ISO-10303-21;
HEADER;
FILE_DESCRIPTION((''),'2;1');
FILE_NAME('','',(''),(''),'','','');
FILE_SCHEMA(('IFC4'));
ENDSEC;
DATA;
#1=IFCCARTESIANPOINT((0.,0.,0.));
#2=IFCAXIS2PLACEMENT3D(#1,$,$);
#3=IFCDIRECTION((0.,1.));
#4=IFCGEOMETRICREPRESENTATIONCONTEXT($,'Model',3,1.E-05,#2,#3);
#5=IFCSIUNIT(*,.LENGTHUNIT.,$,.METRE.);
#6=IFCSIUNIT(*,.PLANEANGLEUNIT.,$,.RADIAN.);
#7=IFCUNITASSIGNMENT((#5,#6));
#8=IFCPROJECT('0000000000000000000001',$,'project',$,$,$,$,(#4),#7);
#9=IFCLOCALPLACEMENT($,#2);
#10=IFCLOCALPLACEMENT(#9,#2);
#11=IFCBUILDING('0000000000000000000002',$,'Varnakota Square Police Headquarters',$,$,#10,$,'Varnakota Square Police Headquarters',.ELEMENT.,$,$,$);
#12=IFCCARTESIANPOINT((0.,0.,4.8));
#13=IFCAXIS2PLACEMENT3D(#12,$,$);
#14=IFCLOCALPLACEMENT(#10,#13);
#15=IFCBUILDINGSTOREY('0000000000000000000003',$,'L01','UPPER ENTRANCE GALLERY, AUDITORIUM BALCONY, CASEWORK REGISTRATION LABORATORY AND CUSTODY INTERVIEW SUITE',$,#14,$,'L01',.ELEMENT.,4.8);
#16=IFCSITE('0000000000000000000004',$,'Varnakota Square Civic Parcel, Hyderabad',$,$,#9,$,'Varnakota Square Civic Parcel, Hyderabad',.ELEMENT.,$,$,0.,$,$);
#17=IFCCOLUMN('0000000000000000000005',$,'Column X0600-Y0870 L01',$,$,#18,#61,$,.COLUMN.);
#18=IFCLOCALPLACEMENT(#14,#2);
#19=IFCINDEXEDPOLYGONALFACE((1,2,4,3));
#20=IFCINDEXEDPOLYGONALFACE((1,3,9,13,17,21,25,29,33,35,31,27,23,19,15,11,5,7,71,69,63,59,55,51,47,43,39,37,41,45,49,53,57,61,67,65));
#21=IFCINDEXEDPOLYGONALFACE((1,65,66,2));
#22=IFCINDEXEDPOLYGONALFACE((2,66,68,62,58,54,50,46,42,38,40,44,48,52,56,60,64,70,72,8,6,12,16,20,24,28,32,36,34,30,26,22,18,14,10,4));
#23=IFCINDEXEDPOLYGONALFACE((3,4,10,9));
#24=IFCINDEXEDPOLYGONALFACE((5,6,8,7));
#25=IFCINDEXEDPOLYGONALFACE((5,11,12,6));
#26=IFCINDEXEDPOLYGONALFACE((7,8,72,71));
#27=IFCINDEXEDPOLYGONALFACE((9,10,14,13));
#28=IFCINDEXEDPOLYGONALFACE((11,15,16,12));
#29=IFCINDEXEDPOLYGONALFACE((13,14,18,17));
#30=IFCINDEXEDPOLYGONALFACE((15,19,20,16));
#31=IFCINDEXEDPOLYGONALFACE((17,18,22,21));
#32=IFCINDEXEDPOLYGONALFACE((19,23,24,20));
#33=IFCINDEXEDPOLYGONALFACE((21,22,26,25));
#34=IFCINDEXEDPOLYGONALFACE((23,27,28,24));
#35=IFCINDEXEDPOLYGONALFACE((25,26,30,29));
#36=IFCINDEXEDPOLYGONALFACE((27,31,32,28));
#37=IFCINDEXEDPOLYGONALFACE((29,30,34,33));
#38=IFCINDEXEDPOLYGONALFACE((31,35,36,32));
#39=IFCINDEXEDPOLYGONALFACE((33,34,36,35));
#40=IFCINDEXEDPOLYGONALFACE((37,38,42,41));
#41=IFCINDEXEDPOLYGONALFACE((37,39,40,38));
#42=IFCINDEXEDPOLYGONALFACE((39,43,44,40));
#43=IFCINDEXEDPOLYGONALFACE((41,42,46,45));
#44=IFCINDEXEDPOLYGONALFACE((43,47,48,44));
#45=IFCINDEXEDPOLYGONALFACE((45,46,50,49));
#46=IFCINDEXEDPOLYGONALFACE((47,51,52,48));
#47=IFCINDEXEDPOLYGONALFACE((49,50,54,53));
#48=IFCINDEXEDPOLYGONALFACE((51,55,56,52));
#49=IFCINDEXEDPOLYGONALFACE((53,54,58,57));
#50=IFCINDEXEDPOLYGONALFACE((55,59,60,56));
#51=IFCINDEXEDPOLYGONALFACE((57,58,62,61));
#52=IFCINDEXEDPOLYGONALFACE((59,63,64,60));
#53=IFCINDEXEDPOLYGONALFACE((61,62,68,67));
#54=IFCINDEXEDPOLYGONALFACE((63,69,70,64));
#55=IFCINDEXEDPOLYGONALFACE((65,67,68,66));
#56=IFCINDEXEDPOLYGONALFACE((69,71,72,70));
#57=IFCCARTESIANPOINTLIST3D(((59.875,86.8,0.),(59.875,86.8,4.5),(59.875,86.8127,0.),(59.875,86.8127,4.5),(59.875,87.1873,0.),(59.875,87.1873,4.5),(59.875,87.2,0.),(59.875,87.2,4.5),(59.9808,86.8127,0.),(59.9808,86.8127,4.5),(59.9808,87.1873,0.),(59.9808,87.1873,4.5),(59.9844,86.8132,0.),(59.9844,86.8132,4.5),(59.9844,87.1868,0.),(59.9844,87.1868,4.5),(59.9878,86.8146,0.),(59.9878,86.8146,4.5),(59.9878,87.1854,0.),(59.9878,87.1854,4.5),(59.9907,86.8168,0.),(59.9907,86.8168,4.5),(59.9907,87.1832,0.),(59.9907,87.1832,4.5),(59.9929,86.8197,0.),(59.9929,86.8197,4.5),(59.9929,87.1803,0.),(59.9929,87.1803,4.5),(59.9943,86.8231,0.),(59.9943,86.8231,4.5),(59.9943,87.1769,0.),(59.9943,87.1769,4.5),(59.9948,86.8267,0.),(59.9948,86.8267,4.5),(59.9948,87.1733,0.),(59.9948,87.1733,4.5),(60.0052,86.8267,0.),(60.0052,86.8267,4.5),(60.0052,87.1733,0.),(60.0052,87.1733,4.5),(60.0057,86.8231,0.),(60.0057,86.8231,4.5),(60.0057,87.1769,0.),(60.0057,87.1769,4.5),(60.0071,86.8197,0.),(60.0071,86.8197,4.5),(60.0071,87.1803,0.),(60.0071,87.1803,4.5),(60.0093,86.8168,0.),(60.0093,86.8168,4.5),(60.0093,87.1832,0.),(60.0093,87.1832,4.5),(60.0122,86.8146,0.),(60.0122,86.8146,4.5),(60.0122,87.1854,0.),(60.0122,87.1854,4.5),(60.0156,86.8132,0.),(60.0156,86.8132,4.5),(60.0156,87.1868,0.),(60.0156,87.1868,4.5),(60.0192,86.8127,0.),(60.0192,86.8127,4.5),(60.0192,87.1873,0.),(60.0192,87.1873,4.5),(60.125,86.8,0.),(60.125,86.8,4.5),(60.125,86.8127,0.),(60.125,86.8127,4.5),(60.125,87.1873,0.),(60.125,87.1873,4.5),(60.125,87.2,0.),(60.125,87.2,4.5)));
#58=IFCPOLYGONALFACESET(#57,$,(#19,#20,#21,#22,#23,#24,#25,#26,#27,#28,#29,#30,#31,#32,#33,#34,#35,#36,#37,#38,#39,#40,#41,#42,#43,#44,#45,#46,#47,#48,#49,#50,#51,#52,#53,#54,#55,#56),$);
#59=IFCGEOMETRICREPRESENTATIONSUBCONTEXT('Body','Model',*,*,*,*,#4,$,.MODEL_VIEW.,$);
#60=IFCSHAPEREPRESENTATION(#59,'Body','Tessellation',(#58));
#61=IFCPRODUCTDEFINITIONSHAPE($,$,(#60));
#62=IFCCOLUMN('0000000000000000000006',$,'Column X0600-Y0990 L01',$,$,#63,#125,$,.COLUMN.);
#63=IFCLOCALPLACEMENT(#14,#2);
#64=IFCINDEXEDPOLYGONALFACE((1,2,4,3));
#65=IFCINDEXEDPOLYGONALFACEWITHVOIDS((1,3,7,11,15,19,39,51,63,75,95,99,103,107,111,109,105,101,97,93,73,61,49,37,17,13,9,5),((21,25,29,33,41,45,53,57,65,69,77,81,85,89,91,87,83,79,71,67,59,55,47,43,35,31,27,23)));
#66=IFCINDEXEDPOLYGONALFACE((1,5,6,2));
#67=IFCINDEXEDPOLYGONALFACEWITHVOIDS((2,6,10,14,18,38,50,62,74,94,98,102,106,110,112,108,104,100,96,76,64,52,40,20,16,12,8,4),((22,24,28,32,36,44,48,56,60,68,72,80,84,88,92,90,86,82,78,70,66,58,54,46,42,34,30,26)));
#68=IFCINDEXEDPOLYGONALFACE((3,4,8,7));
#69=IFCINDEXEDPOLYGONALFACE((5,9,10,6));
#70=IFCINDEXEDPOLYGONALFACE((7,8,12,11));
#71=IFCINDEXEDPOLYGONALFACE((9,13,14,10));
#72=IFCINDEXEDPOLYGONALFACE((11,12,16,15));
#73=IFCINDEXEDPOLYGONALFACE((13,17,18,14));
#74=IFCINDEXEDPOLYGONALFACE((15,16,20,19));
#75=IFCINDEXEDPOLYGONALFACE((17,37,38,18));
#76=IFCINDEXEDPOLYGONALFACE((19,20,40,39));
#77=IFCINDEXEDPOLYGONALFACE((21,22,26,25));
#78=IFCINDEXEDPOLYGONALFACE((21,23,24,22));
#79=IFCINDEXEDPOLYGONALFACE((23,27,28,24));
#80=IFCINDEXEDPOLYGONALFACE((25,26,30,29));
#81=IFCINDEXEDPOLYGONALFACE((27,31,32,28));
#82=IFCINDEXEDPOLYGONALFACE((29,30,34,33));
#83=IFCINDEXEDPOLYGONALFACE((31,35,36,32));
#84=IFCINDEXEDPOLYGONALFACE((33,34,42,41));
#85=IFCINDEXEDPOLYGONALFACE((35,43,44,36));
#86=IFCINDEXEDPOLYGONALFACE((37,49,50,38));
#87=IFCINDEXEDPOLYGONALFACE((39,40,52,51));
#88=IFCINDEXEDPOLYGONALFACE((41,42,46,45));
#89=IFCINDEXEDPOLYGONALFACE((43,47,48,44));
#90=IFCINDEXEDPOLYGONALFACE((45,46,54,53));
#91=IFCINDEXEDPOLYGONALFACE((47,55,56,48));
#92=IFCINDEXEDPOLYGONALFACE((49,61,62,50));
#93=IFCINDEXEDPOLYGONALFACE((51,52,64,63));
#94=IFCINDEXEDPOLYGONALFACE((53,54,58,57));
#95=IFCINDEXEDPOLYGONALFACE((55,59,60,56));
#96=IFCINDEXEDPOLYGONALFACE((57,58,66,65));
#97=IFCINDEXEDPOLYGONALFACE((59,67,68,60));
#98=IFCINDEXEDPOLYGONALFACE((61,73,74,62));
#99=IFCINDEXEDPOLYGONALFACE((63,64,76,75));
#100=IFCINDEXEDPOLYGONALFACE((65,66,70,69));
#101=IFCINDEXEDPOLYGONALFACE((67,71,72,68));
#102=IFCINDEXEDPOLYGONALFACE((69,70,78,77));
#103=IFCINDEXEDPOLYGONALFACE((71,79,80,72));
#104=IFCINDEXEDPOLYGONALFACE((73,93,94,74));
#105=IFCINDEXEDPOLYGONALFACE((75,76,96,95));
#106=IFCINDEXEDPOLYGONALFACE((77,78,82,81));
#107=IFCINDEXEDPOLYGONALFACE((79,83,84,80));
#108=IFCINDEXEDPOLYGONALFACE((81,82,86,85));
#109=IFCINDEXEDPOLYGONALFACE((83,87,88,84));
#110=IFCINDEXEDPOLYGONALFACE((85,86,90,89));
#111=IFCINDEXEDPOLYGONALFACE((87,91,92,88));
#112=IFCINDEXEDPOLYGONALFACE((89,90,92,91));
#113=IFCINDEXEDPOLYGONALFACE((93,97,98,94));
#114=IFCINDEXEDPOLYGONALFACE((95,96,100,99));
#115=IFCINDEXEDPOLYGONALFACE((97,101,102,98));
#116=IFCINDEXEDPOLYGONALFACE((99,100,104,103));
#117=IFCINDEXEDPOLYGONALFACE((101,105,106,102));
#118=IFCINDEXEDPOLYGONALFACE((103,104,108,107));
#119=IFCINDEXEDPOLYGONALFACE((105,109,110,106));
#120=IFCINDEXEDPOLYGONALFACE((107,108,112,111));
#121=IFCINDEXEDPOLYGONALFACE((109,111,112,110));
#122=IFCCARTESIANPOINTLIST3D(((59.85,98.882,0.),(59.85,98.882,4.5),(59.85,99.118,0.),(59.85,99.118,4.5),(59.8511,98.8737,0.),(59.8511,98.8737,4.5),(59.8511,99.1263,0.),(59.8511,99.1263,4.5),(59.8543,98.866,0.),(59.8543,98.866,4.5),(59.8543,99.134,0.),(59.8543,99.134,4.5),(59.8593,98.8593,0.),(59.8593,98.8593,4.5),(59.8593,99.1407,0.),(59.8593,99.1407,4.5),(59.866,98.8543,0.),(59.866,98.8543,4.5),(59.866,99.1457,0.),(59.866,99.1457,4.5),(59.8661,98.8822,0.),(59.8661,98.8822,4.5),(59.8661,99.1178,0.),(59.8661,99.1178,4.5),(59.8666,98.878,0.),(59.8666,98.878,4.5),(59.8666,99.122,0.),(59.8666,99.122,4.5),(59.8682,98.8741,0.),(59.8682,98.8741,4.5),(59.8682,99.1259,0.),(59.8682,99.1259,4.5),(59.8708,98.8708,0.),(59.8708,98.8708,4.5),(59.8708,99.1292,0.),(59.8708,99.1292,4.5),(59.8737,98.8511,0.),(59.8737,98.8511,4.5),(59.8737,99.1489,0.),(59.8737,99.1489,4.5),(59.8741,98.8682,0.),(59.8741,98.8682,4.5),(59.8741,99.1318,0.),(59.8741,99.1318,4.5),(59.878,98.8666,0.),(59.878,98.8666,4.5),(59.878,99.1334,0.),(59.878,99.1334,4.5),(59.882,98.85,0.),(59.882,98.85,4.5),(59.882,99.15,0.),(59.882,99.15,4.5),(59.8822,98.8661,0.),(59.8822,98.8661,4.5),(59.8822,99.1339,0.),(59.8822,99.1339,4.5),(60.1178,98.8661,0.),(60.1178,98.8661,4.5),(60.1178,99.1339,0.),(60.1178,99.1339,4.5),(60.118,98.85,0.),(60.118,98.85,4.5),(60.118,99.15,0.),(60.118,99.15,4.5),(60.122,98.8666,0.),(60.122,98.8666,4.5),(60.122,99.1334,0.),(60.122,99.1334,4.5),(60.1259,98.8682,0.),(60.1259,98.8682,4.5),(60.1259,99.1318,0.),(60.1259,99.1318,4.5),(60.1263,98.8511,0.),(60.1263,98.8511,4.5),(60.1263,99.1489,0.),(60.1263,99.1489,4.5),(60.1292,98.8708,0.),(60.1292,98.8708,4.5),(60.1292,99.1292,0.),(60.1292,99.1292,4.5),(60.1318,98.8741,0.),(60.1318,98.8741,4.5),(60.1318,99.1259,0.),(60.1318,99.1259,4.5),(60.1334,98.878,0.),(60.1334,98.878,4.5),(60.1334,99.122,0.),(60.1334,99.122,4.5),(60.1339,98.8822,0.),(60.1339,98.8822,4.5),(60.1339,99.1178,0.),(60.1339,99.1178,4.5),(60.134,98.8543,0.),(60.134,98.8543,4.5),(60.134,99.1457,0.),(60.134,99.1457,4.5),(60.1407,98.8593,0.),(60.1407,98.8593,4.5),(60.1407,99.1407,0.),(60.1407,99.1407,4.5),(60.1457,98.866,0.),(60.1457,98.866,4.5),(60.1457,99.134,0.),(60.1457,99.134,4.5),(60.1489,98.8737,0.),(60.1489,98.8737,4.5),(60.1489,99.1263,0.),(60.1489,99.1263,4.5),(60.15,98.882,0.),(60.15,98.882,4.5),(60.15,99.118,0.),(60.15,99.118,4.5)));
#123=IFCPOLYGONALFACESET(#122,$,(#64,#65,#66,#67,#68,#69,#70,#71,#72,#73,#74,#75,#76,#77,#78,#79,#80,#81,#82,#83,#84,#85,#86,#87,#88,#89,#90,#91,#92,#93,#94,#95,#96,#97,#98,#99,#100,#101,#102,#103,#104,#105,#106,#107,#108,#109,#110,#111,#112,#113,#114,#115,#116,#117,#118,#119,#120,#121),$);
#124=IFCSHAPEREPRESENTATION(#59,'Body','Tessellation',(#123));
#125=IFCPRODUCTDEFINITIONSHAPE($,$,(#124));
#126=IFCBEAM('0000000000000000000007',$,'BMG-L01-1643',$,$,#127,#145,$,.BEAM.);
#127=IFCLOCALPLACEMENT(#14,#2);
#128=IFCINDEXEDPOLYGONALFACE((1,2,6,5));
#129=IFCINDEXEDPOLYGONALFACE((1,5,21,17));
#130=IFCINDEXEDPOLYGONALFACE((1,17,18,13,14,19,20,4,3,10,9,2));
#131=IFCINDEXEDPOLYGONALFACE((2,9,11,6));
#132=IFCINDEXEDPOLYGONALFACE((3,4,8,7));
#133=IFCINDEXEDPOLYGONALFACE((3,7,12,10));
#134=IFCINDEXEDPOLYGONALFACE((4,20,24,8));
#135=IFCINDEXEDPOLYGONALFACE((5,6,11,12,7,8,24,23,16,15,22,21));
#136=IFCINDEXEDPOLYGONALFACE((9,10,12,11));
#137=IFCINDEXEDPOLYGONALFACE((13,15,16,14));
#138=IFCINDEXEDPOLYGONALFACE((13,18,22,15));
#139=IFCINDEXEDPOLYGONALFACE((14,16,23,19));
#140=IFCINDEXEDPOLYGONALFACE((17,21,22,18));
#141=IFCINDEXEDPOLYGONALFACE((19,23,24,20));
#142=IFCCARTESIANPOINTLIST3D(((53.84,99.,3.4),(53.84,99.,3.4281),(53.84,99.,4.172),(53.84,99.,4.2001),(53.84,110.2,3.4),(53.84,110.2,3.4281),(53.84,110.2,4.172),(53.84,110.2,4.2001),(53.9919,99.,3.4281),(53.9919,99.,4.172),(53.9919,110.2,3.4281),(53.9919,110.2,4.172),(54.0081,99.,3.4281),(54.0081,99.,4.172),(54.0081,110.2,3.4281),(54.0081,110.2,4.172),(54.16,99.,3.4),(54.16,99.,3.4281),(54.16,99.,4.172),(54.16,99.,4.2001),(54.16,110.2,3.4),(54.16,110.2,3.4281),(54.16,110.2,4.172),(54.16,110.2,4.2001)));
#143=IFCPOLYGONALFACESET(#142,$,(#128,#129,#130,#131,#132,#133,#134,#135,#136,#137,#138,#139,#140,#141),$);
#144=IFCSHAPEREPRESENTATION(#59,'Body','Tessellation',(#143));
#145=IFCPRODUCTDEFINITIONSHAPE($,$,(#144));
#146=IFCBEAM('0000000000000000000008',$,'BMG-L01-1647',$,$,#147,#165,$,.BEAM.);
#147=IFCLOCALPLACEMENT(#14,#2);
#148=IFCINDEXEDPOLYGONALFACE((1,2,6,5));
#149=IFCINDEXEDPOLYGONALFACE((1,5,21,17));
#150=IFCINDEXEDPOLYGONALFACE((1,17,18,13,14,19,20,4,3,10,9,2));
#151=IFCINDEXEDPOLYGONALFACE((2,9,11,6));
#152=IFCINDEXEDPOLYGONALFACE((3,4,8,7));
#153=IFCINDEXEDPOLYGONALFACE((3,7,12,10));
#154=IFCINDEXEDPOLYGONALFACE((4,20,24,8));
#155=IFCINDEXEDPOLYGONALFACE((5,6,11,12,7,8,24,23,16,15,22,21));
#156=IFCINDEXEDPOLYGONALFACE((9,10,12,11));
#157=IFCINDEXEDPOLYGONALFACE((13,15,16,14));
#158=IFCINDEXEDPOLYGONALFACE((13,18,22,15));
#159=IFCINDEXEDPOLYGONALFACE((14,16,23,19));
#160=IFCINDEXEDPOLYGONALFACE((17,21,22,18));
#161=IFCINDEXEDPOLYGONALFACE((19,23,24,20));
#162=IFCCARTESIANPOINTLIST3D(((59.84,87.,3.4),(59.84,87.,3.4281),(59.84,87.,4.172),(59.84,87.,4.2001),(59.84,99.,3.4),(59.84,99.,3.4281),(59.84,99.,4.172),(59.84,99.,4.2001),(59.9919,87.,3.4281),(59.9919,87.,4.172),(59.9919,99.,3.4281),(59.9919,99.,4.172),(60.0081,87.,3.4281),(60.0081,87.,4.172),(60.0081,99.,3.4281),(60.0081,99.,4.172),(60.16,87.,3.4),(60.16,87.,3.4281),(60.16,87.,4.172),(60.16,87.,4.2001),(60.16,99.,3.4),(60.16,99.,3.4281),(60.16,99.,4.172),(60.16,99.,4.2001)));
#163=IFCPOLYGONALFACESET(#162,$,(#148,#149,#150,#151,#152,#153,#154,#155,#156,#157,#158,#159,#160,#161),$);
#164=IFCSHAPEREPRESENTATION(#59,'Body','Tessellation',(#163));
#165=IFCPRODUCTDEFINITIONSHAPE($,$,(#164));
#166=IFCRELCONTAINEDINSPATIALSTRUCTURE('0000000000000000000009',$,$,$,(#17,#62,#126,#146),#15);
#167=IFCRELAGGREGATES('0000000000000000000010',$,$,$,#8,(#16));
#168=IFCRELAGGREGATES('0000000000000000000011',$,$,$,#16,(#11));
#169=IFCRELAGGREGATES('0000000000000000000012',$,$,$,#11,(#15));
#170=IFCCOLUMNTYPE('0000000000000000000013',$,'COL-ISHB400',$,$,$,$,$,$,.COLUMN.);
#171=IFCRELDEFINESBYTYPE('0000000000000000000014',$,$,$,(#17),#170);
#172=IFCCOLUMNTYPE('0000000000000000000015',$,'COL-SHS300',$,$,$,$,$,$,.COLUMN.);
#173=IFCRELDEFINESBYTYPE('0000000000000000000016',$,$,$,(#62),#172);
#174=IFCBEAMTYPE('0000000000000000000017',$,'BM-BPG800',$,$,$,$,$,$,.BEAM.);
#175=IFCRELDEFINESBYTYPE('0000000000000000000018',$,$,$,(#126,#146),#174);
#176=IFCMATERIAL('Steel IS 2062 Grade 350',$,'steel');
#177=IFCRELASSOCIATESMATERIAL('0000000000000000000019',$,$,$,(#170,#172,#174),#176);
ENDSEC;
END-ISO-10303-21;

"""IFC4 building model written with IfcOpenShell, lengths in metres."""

from ifc_helpers import new_model, si_unit, direction, frame, origin, origin_2d, place, context, subcontext, project, spatial, hollow_rectangle, i_section, extrude, material, material_profile, profile_set, type_object, element, save


model = new_model("IFC4")

# Units and contexts
model_context = context("Model", 3, precision=1e-05, world=origin(), true_north=direction((0.0, 1.0)))
body_context = subcontext(model_context, "Body", "Model", "MODEL_VIEW")
ifc_project = project(units=[si_unit("LENGTHUNIT", "METRE"), si_unit("PLANEANGLEUNIT", "RADIAN")], contexts=[model_context])

# Site, building, storey
site_placement = place(None, origin())
site = spatial("IfcSite", under=ifc_project, at=site_placement, Name="Varnakota Square Civic Parcel, Hyderabad", LongName="Varnakota Square Civic Parcel, Hyderabad", CompositionType="ELEMENT", RefElevation=0.0)
building_placement = place(site_placement, origin())
building = spatial("IfcBuilding", under=site, at=building_placement, Name="Varnakota Square Police Headquarters", LongName="Varnakota Square Police Headquarters", CompositionType="ELEMENT")
storey_placement = place(building_placement, frame((0.0, 0.0, 4.8)))
storey = spatial("IfcBuildingStorey", under=building, at=storey_placement, Name="L01", Description="UPPER ENTRANCE GALLERY, AUDITORIUM BALCONY, CASEWORK REGISTRATION LABORATORY AND CUSTODY INTERVIEW SUITE", LongName="L01", CompositionType="ELEMENT", Elevation=4.8)

# Columns
ifc_material_1 = material(Name="Steel IS 2062 Grade 350", Category="steel")
ifc_material_profile_1 = material_profile(ifc_material_1, i_section(OverallWidth=0.25, OverallDepth=0.3999, WebThickness=0.0105, FlangeThickness=0.0127, FilletRadius=0.0139, at=origin_2d()), Name="ISHB 400")
ifc_profile_set_1 = profile_set([ifc_material_profile_1], Name="Steel IS 2062 Grade 350")
column_type_1 = type_object("IfcColumnType", Name="COL-ISHB400", PredefinedType="COLUMN", material=ifc_profile_set_1)
column_1_placement = place(storey_placement, frame((60.0, 87.0, 0.0), z_axis=(0.0, 0.0, 1.0), x_axis=(1.0, 0.0, 0.0)))
element("IfcColumn", 1, at=column_1_placement, inside=storey, type_object=column_type_1, Name="Column X0600-Y0870 L01", PredefinedType="COLUMN", context=body_context, shape_type="SweptSolid", body=[
    extrude(i_section(OverallWidth=0.25, OverallDepth=0.3999, WebThickness=0.0105, FlangeThickness=0.0127, FilletRadius=0.0139, at=origin_2d()), origin(), (0.0, 0.0, 1.0), 4.5),
])
ifc_material_profile_2 = material_profile(ifc_material_1, hollow_rectangle(XDim=0.3, YDim=0.3, WallThickness=0.0161, InnerFilletRadius=0.0161, OuterFilletRadius=0.032, at=origin_2d()), Name="SHS 300x300x16")
ifc_profile_set_2 = profile_set([ifc_material_profile_2], Name="Steel IS 2062 Grade 350")
column_type_2 = type_object("IfcColumnType", Name="COL-SHS300", PredefinedType="COLUMN", material=ifc_profile_set_2)
column_2_placement = place(storey_placement, frame((60.0, 99.0, 0.0), z_axis=(0.0, 0.0, 1.0), x_axis=(1.0, 0.0, 0.0)))
element("IfcColumn", 2, at=column_2_placement, inside=storey, type_object=column_type_2, Name="Column X0600-Y0990 L01", PredefinedType="COLUMN", context=body_context, shape_type="SweptSolid", body=[
    extrude(hollow_rectangle(XDim=0.3, YDim=0.3, WallThickness=0.0161, InnerFilletRadius=0.0161, OuterFilletRadius=0.032, at=origin_2d()), origin(), (0.0, 0.0, 1.0), 4.5),
])

# Beams
ifc_material_profile_3 = material_profile(ifc_material_1, i_section(OverallWidth=0.3201, OverallDepth=0.8, WebThickness=0.0161, FlangeThickness=0.0281, at=origin_2d()), Name="BPG 800x320")
ifc_profile_set_3 = profile_set([ifc_material_profile_3], Name="Steel IS 2062 Grade 350")
beam_type_1 = type_object("IfcBeamType", Name="BM-BPG800", PredefinedType="BEAM", material=ifc_profile_set_3)
beam_1_placement = place(storey_placement, frame((54.0, 99.0, 3.8), z_axis=(0.0, 1.0, 0.0), x_axis=(-1.0, 0.0, 0.0)))
element("IfcBeam", 3, at=beam_1_placement, inside=storey, type_object=beam_type_1, Name="BMG-L01-1643", PredefinedType="BEAM", context=body_context, shape_type="SweptSolid", body=[
    extrude(i_section(OverallWidth=0.3201, OverallDepth=0.8, WebThickness=0.0161, FlangeThickness=0.0281, at=origin_2d()), origin(), (0.0, 0.0, 1.0), 11.2),
])
beam_2_placement = place(storey_placement, frame((60.0, 87.0, 3.8), z_axis=(0.0, 1.0, 0.0), x_axis=(-1.0, 0.0, 0.0)))
element("IfcBeam", 4, at=beam_2_placement, inside=storey, type_object=beam_type_1, Name="BMG-L01-1647", PredefinedType="BEAM", context=body_context, shape_type="SweptSolid", body=[
    extrude(i_section(OverallWidth=0.3201, OverallDepth=0.8, WebThickness=0.0161, FlangeThickness=0.0281, at=origin_2d()), origin(), (0.0, 0.0, 1.0), 12.0),
])

save(model, "model.ifc")
